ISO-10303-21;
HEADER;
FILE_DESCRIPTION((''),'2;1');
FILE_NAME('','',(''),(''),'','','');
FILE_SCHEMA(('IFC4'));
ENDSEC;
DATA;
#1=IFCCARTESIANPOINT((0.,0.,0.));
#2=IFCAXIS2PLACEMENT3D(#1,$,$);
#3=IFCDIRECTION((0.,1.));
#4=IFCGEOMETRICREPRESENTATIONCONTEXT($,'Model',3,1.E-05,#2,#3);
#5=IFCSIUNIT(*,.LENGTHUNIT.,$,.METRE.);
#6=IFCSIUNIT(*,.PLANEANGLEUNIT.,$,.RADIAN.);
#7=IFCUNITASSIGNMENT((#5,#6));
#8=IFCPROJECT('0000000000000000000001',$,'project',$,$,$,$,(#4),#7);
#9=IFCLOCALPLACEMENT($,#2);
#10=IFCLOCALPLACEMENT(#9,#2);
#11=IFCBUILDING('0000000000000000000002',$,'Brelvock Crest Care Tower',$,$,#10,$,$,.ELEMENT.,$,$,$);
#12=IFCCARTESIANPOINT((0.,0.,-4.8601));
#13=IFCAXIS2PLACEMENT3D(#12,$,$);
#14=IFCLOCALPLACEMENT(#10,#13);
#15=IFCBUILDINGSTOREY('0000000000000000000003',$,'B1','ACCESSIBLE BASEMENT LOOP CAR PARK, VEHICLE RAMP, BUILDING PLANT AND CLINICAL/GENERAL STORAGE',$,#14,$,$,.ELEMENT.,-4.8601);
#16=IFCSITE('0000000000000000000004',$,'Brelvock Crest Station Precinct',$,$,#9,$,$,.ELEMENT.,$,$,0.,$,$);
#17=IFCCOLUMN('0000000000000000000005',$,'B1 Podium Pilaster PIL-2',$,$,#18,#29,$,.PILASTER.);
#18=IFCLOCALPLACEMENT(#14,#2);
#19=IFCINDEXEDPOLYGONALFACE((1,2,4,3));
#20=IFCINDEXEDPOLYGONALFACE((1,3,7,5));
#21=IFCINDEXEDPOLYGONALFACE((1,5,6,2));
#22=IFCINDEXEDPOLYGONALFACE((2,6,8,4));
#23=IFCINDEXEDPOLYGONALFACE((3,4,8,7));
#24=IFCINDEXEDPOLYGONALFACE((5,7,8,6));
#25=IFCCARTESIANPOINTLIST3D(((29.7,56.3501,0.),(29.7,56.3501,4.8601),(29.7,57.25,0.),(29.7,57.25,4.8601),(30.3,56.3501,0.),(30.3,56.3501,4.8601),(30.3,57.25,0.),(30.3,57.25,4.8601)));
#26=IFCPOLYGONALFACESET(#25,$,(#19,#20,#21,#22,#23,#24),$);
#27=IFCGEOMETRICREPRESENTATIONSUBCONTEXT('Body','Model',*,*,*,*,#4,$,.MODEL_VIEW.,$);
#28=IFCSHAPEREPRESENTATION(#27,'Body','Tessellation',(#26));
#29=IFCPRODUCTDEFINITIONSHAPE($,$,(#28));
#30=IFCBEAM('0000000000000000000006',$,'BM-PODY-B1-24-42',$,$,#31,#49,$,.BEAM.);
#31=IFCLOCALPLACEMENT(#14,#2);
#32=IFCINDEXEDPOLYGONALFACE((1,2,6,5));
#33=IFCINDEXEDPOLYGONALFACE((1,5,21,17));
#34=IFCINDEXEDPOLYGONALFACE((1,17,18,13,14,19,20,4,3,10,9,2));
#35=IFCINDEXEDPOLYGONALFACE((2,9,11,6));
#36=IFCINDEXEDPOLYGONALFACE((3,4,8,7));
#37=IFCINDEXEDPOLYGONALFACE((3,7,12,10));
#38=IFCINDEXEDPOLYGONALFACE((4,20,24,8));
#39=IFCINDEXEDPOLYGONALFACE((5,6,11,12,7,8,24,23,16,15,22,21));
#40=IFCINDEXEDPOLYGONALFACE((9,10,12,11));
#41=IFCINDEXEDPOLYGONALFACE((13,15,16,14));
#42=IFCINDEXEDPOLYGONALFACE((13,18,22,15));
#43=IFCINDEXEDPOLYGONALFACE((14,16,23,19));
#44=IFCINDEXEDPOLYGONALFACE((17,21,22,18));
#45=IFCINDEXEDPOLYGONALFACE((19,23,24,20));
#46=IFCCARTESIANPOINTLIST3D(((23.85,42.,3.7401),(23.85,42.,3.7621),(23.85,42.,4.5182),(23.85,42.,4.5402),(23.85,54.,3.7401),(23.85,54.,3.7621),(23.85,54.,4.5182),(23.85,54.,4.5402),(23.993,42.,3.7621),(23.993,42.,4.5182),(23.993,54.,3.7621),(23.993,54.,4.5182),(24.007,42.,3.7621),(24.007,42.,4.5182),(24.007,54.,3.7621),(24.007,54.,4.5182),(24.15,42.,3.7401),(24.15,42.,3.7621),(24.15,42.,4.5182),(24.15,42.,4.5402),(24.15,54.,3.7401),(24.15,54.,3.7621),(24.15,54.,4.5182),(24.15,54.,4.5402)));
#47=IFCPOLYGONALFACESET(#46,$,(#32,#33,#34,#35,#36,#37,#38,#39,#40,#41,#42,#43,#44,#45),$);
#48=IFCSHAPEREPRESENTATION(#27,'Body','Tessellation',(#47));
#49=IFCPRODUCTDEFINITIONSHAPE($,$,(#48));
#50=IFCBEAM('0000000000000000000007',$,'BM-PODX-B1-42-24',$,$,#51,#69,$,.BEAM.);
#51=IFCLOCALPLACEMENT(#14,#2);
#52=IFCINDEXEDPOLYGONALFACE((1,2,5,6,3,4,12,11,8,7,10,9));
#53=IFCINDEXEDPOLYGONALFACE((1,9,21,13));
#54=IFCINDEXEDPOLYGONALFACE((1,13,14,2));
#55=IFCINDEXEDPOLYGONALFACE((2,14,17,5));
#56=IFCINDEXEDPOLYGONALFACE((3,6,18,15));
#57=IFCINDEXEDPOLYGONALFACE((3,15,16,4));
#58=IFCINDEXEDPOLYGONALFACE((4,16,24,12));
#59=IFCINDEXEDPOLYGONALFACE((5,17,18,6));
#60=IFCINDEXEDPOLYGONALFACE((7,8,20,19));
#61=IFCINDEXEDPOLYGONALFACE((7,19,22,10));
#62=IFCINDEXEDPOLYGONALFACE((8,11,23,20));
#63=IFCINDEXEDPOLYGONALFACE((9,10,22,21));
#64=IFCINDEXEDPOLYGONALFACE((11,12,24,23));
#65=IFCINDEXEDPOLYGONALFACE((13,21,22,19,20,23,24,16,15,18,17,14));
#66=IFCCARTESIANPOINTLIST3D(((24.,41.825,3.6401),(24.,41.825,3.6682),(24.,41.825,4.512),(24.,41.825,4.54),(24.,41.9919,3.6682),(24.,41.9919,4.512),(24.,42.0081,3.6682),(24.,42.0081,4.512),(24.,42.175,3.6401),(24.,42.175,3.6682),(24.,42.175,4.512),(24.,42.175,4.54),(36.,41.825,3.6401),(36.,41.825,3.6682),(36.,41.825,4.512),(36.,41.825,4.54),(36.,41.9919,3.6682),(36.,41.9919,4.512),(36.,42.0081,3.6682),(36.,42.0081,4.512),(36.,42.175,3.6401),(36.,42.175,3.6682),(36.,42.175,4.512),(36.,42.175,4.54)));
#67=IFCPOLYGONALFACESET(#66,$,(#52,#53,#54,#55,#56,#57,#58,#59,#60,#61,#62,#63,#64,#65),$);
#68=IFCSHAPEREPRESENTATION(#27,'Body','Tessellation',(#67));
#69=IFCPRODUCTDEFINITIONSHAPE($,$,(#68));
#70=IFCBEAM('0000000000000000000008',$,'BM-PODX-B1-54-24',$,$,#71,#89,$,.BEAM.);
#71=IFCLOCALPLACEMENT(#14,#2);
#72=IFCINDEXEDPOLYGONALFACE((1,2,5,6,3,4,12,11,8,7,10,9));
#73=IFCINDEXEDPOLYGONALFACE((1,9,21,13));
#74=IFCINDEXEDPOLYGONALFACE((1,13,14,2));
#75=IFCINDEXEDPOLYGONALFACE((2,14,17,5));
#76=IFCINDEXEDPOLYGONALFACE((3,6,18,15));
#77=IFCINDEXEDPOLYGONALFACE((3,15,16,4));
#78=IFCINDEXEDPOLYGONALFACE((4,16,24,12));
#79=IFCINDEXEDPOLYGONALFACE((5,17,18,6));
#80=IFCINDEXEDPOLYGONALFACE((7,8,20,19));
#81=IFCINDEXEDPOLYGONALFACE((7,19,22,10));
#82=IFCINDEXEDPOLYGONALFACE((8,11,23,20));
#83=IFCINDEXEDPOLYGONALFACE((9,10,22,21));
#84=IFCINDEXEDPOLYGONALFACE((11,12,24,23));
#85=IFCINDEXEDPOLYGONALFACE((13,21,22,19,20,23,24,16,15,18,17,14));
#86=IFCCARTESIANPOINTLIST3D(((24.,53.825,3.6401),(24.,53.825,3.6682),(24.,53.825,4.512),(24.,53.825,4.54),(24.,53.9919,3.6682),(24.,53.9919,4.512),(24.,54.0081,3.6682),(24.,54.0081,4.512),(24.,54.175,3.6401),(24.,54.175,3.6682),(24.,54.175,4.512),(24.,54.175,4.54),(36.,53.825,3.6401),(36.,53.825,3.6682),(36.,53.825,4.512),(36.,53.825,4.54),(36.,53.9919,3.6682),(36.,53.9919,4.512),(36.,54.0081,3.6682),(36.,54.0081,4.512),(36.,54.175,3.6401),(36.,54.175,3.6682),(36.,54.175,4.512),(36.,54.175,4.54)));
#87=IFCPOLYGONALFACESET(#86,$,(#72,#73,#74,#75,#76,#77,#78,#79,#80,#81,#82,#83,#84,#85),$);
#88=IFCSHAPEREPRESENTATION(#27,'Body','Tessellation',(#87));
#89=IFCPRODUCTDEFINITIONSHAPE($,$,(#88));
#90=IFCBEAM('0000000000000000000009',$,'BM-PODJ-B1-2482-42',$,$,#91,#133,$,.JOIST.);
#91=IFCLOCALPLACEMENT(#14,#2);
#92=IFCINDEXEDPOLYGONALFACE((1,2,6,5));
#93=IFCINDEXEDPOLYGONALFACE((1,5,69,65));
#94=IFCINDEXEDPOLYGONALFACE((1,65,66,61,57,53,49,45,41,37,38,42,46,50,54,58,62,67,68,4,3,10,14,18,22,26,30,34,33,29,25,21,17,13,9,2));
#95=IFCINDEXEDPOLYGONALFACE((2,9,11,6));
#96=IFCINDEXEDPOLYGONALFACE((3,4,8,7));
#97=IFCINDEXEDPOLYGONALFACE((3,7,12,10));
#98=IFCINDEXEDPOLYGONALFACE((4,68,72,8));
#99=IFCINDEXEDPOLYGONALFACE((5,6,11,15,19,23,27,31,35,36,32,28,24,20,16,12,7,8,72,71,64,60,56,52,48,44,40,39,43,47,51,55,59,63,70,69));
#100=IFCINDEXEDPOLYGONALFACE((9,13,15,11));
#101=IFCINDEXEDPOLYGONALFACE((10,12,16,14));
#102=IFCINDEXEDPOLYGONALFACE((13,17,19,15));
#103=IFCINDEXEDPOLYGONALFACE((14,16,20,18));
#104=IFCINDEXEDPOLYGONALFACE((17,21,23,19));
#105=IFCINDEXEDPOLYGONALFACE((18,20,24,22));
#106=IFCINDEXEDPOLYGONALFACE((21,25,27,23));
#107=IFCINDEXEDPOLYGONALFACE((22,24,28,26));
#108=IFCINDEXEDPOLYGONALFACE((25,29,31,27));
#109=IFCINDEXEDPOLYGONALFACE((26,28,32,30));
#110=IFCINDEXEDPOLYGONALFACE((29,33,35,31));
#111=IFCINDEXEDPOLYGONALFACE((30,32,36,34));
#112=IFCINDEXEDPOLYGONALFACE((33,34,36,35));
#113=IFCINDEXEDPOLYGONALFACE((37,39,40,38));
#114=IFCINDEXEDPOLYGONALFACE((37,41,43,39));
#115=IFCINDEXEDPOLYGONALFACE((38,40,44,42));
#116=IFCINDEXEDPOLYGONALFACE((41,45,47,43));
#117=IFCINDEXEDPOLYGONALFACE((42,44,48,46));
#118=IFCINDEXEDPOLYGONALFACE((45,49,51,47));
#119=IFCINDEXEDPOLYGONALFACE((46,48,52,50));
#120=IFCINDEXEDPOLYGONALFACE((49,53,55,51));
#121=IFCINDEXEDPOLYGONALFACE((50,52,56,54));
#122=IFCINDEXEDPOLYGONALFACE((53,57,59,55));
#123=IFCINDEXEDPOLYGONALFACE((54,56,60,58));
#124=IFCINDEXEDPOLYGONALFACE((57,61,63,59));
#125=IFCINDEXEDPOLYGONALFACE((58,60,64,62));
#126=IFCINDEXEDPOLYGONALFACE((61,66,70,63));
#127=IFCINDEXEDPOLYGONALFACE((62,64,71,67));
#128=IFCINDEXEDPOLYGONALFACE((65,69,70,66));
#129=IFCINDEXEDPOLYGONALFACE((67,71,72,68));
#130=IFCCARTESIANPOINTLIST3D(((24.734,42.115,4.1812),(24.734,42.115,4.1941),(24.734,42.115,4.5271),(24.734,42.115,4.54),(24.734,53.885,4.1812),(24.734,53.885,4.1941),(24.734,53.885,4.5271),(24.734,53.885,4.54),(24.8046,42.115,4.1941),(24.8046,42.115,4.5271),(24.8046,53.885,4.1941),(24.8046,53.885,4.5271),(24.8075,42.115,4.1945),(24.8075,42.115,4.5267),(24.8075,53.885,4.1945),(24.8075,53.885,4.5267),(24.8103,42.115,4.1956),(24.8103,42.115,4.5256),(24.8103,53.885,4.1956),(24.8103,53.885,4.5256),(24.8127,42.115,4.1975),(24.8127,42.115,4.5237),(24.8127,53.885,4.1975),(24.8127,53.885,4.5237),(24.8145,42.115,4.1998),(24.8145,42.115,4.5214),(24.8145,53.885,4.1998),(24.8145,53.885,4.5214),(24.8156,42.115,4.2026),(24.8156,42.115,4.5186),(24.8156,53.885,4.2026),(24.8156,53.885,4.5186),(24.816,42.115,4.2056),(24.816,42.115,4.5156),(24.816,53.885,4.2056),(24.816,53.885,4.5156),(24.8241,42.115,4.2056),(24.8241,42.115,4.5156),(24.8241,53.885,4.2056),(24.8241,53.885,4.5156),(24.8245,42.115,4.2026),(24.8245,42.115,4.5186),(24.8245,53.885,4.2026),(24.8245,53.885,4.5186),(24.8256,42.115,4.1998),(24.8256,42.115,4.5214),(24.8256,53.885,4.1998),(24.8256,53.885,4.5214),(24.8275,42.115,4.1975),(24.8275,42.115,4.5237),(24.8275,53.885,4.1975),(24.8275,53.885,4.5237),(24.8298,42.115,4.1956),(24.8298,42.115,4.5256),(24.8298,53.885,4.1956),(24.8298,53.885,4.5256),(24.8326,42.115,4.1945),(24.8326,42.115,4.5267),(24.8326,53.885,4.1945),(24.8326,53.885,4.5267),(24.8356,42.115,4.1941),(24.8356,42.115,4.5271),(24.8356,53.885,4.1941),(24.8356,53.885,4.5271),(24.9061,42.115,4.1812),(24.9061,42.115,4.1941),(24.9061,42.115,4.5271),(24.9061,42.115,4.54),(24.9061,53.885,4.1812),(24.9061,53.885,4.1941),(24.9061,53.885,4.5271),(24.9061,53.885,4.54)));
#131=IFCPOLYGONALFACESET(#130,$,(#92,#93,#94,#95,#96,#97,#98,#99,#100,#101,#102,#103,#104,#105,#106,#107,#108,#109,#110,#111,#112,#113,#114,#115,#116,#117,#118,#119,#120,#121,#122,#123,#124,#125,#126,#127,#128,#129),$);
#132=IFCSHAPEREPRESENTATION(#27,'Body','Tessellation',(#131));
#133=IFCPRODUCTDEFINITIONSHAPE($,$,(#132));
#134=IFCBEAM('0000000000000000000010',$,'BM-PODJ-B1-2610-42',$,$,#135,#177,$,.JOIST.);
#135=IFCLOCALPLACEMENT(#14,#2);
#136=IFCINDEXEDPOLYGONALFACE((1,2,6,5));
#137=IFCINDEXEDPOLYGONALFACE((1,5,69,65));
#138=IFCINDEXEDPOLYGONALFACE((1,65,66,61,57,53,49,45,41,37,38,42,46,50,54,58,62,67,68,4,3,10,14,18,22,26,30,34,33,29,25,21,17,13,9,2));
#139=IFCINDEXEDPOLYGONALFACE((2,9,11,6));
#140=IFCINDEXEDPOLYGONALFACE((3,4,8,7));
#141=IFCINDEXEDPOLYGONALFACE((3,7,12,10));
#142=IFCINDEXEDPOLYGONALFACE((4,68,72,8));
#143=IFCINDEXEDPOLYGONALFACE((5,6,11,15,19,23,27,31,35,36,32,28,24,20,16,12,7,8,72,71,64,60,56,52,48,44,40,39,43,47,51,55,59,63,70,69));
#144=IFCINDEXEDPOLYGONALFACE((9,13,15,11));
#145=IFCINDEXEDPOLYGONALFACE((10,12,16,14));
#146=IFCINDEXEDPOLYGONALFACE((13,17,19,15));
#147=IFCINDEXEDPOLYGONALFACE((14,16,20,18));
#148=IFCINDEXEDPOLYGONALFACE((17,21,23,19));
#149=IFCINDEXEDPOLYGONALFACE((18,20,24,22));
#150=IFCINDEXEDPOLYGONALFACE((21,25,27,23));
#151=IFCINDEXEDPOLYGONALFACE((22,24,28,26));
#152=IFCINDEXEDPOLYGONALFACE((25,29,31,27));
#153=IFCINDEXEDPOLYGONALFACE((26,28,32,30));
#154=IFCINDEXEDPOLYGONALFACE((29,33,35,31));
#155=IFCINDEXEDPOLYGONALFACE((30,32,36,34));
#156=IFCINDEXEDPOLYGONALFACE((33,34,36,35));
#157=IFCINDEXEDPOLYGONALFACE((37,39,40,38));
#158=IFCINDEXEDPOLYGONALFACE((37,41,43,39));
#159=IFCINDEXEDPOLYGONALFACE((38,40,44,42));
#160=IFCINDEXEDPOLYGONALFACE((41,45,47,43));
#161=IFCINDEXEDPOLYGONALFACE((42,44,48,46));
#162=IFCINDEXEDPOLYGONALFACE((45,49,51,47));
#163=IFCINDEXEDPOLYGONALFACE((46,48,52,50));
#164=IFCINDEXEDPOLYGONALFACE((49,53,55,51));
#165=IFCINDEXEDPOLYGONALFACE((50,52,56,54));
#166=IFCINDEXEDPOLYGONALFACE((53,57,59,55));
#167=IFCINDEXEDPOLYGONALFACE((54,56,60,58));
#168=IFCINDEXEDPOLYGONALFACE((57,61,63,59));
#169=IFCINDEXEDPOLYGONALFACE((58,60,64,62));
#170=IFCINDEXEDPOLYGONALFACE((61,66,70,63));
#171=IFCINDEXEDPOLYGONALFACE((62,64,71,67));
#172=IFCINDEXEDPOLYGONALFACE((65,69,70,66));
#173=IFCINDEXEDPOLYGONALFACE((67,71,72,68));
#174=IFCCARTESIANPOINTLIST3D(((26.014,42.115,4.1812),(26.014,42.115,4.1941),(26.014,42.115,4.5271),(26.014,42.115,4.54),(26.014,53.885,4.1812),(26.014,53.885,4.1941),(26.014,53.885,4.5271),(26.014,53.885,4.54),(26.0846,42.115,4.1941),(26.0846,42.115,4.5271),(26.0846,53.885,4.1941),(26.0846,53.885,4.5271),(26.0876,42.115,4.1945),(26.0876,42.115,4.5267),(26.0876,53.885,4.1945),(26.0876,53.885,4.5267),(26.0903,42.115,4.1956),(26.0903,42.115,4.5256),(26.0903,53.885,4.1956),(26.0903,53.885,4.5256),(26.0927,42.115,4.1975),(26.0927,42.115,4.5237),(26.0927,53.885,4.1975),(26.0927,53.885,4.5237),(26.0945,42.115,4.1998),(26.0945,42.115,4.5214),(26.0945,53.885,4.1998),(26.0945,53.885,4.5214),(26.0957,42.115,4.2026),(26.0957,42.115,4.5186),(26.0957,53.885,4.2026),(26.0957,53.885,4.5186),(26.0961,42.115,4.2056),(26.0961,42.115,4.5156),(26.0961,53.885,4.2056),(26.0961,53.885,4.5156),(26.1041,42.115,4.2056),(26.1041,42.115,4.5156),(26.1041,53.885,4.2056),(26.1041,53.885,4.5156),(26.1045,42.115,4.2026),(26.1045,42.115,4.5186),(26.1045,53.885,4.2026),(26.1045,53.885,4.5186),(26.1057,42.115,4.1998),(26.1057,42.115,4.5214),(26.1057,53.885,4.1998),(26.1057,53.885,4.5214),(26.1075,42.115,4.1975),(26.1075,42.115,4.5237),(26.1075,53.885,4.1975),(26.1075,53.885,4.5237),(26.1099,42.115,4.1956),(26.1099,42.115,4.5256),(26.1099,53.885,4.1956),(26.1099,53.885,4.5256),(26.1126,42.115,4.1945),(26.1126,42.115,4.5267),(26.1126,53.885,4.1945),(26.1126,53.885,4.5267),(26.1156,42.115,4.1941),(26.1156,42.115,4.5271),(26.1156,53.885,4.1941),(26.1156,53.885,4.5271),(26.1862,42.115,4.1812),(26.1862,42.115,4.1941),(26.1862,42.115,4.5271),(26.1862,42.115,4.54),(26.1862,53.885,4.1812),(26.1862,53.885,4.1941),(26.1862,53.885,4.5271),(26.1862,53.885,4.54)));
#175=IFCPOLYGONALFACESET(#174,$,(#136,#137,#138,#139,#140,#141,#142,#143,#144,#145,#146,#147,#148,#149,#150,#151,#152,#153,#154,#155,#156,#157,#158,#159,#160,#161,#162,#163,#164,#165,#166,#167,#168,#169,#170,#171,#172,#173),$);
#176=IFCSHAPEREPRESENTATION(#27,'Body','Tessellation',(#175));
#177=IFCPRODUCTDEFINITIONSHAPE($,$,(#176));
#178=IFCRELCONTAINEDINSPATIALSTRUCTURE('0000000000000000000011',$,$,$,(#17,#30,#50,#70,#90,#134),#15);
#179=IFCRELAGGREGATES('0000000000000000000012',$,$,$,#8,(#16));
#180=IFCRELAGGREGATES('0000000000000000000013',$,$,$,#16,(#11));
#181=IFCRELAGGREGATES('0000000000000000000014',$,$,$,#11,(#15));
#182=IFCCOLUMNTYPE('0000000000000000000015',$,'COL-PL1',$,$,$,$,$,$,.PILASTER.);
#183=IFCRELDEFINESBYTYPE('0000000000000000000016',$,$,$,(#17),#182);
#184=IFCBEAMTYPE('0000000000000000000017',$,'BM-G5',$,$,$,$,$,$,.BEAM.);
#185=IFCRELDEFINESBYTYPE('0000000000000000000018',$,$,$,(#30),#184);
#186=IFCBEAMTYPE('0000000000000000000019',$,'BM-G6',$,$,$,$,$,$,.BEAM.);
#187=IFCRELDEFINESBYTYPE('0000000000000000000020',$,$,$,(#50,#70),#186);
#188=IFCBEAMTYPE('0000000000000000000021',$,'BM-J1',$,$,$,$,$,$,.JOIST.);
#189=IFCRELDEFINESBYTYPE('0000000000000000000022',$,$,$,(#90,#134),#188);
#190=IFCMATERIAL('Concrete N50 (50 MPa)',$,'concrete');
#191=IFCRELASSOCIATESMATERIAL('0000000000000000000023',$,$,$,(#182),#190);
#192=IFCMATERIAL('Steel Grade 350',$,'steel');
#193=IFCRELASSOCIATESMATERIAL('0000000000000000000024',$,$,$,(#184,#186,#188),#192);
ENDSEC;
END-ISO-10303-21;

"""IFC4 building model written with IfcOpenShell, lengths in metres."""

from ifc_helpers import new_model, si_unit, direction, frame, origin, origin_2d, place, context, subcontext, project, spatial, rectangle, i_section, extrude, source, transform, mapped, material, material_profile, profile_set, type_object, element, save


model = new_model("IFC4")

# Units and contexts
model_context = context("Model", 3, precision=1e-05, world=origin(), true_north=direction((0.0, 1.0)))
body_context = subcontext(model_context, "Body", "Model", "MODEL_VIEW")
ifc_project = project(units=[si_unit("LENGTHUNIT", "METRE"), si_unit("PLANEANGLEUNIT", "RADIAN")], contexts=[model_context])

# Site, building, storey
site_placement = place(None, origin())
site = spatial("IfcSite", under=ifc_project, at=site_placement, Name="Brelvock Crest Station Precinct", CompositionType="ELEMENT", RefElevation=0.0)
building_placement = place(site_placement, origin())
building = spatial("IfcBuilding", under=site, at=building_placement, Name="Brelvock Crest Care Tower", CompositionType="ELEMENT")
storey_placement = place(building_placement, frame((0.0, 0.0, -4.8601)))
storey = spatial("IfcBuildingStorey", under=building, at=storey_placement, Name="B1", Description="ACCESSIBLE BASEMENT LOOP CAR PARK, VEHICLE RAMP, BUILDING PLANT AND CLINICAL/GENERAL STORAGE", CompositionType="ELEMENT", Elevation=-4.8601)

# Shared definitions
ifc_material_1 = material(Name="Concrete N50 (50 MPa)", Category="concrete")

# Column
ifc_material_2 = material(Name="Steel Grade 350", Category="steel")
ifc_material_profile_1 = material_profile(ifc_material_1, rectangle(XDim=0.6001, YDim=0.8999, at=origin_2d()), Name="RC600x900")
ifc_profile_set_1 = profile_set([ifc_material_profile_1], Name="Concrete N50 (50 MPa)")
column_type_1 = type_object("IfcColumnType", Name="COL-PL1", PredefinedType="PILASTER", material=ifc_profile_set_1)
shared_shape_1 = source(origin(), body_context, "Body", "SweptSolid", [
    extrude(rectangle(XDim=0.6001, YDim=0.8999, at=origin_2d()), origin(), (0.0, 0.0, 1.0), 4.8601),
])
column_placement = place(storey_placement, frame((30.0, 56.8, 0.0), z_axis=(0.0, 0.0, 1.0), x_axis=(1.0, 0.0, 0.0)))
element("IfcColumn", 1, at=column_placement, inside=storey, type_object=column_type_1, Name="B1 Podium Pilaster PIL-2", PredefinedType="PILASTER", context=body_context, shape_type="MappedRepresentation", body=[
    mapped(shared_shape_1, transform((0.0, 0.0, 0.0), x_axis=(1.0, 0.0, 0.0), y_axis=(0.0, 1.0, 0.0), z_axis=(0.0, 0.0, 1.0), scale=1.0)),
])

# Beams
ifc_material_profile_2 = material_profile(ifc_material_2, i_section(OverallWidth=0.3, OverallDepth=0.8, WebThickness=0.0139, FlangeThickness=0.022, at=origin_2d()), Name="800WB192")
ifc_profile_set_2 = profile_set([ifc_material_profile_2], Name="Steel Grade 350")
beam_type_1 = type_object("IfcBeamType", Name="BM-G5", PredefinedType="BEAM", material=ifc_profile_set_2)
shared_shape_2 = source(origin(), body_context, "Body", "SweptSolid", [
    extrude(i_section(OverallWidth=0.3, OverallDepth=0.8, WebThickness=0.0139, FlangeThickness=0.022, at=origin_2d()), origin(), (0.0, 0.0, 1.0), 12.0),
])
beam_placement = place(storey_placement, frame((24.0, 42.0, 4.1401), z_axis=(0.0, 1.0, 0.0), x_axis=(-1.0, 0.0, 0.0)))
element("IfcBeam", 2, at=beam_placement, inside=storey, type_object=beam_type_1, Name="BM-PODY-B1-24-42", PredefinedType="BEAM", context=body_context, shape_type="MappedRepresentation", body=[
    mapped(shared_shape_2, transform((0.0, 0.0, 0.0), x_axis=(1.0, 0.0, 0.0), y_axis=(0.0, 1.0, 0.0), z_axis=(0.0, 0.0, 1.0), scale=1.0)),
])
ifc_material_profile_3 = material_profile(ifc_material_2, i_section(OverallWidth=0.3501, OverallDepth=0.8999, WebThickness=0.0161, FlangeThickness=0.0281, at=origin_2d()), Name="900WB257")
ifc_profile_set_3 = profile_set([ifc_material_profile_3], Name="Steel Grade 350")
beam_type_2 = type_object("IfcBeamType", Name="BM-G6", PredefinedType="BEAM", material=ifc_profile_set_3)
shared_shape_3 = source(origin(), body_context, "Body", "SweptSolid", [
    extrude(i_section(OverallWidth=0.3501, OverallDepth=0.8999, WebThickness=0.0161, FlangeThickness=0.0281, at=origin_2d()), origin(), (0.0, 0.0, 1.0), 12.0),
])
for number, where, z_axis, x_axis, name in (
    (3, (24.0, 42.0, 4.0901), (1.0, 0.0, 0.0), (0.0, 1.0, 0.0), "BM-PODX-B1-42-24"),
    (4, (24.0, 54.0, 4.0901), (1.0, 0.0, 0.0), (0.0, 1.0, 0.0), "BM-PODX-B1-54-24"),
):
    element("IfcBeam", number, at=place(storey_placement, frame(where, z_axis=z_axis, x_axis=x_axis)), inside=storey, type_object=beam_type_2, Name=name, PredefinedType="BEAM", context=body_context, shape_type="MappedRepresentation", body=[
        mapped(shared_shape_3, transform((0.0, 0.0, 0.0), x_axis=(1.0, 0.0, 0.0), y_axis=(0.0, 1.0, 0.0), z_axis=(0.0, 0.0, 1.0), scale=1.0)),
    ])
ifc_material_profile_4 = material_profile(ifc_material_2, i_section(OverallWidth=0.1721, OverallDepth=0.3589, WebThickness=0.0081, FlangeThickness=0.0129, FilletRadius=0.0115, at=origin_2d()), Name="360UB56.7")
ifc_profile_set_4 = profile_set([ifc_material_profile_4], Name="Steel Grade 350")
beam_type_3 = type_object("IfcBeamType", Name="BM-J1", PredefinedType="JOIST", material=ifc_profile_set_4)
shared_shape_4 = source(origin(), body_context, "Body", "SweptSolid", [
    extrude(i_section(OverallWidth=0.1721, OverallDepth=0.3589, WebThickness=0.0081, FlangeThickness=0.0129, FilletRadius=0.0115, at=origin_2d()), origin(), (0.0, 0.0, 1.0), 11.77),
])
for number, where, z_axis, x_axis, name in (
    (5, (24.8201, 42.115, 4.3606), (0.0, 1.0, 0.0), (-1.0, 0.0, 0.0), "BM-PODJ-B1-2482-42"),
    (6, (26.1001, 42.115, 4.3606), (0.0, 1.0, 0.0), (-1.0, 0.0, 0.0), "BM-PODJ-B1-2610-42"),
):
    element("IfcBeam", number, at=place(storey_placement, frame(where, z_axis=z_axis, x_axis=x_axis)), inside=storey, type_object=beam_type_3, Name=name, PredefinedType="JOIST", context=body_context, shape_type="MappedRepresentation", body=[
        mapped(shared_shape_4, transform((0.0, 0.0, 0.0), x_axis=(1.0, 0.0, 0.0), y_axis=(0.0, 1.0, 0.0), z_axis=(0.0, 0.0, 1.0), scale=1.0)),
    ])

save(model, "model.ifc")
